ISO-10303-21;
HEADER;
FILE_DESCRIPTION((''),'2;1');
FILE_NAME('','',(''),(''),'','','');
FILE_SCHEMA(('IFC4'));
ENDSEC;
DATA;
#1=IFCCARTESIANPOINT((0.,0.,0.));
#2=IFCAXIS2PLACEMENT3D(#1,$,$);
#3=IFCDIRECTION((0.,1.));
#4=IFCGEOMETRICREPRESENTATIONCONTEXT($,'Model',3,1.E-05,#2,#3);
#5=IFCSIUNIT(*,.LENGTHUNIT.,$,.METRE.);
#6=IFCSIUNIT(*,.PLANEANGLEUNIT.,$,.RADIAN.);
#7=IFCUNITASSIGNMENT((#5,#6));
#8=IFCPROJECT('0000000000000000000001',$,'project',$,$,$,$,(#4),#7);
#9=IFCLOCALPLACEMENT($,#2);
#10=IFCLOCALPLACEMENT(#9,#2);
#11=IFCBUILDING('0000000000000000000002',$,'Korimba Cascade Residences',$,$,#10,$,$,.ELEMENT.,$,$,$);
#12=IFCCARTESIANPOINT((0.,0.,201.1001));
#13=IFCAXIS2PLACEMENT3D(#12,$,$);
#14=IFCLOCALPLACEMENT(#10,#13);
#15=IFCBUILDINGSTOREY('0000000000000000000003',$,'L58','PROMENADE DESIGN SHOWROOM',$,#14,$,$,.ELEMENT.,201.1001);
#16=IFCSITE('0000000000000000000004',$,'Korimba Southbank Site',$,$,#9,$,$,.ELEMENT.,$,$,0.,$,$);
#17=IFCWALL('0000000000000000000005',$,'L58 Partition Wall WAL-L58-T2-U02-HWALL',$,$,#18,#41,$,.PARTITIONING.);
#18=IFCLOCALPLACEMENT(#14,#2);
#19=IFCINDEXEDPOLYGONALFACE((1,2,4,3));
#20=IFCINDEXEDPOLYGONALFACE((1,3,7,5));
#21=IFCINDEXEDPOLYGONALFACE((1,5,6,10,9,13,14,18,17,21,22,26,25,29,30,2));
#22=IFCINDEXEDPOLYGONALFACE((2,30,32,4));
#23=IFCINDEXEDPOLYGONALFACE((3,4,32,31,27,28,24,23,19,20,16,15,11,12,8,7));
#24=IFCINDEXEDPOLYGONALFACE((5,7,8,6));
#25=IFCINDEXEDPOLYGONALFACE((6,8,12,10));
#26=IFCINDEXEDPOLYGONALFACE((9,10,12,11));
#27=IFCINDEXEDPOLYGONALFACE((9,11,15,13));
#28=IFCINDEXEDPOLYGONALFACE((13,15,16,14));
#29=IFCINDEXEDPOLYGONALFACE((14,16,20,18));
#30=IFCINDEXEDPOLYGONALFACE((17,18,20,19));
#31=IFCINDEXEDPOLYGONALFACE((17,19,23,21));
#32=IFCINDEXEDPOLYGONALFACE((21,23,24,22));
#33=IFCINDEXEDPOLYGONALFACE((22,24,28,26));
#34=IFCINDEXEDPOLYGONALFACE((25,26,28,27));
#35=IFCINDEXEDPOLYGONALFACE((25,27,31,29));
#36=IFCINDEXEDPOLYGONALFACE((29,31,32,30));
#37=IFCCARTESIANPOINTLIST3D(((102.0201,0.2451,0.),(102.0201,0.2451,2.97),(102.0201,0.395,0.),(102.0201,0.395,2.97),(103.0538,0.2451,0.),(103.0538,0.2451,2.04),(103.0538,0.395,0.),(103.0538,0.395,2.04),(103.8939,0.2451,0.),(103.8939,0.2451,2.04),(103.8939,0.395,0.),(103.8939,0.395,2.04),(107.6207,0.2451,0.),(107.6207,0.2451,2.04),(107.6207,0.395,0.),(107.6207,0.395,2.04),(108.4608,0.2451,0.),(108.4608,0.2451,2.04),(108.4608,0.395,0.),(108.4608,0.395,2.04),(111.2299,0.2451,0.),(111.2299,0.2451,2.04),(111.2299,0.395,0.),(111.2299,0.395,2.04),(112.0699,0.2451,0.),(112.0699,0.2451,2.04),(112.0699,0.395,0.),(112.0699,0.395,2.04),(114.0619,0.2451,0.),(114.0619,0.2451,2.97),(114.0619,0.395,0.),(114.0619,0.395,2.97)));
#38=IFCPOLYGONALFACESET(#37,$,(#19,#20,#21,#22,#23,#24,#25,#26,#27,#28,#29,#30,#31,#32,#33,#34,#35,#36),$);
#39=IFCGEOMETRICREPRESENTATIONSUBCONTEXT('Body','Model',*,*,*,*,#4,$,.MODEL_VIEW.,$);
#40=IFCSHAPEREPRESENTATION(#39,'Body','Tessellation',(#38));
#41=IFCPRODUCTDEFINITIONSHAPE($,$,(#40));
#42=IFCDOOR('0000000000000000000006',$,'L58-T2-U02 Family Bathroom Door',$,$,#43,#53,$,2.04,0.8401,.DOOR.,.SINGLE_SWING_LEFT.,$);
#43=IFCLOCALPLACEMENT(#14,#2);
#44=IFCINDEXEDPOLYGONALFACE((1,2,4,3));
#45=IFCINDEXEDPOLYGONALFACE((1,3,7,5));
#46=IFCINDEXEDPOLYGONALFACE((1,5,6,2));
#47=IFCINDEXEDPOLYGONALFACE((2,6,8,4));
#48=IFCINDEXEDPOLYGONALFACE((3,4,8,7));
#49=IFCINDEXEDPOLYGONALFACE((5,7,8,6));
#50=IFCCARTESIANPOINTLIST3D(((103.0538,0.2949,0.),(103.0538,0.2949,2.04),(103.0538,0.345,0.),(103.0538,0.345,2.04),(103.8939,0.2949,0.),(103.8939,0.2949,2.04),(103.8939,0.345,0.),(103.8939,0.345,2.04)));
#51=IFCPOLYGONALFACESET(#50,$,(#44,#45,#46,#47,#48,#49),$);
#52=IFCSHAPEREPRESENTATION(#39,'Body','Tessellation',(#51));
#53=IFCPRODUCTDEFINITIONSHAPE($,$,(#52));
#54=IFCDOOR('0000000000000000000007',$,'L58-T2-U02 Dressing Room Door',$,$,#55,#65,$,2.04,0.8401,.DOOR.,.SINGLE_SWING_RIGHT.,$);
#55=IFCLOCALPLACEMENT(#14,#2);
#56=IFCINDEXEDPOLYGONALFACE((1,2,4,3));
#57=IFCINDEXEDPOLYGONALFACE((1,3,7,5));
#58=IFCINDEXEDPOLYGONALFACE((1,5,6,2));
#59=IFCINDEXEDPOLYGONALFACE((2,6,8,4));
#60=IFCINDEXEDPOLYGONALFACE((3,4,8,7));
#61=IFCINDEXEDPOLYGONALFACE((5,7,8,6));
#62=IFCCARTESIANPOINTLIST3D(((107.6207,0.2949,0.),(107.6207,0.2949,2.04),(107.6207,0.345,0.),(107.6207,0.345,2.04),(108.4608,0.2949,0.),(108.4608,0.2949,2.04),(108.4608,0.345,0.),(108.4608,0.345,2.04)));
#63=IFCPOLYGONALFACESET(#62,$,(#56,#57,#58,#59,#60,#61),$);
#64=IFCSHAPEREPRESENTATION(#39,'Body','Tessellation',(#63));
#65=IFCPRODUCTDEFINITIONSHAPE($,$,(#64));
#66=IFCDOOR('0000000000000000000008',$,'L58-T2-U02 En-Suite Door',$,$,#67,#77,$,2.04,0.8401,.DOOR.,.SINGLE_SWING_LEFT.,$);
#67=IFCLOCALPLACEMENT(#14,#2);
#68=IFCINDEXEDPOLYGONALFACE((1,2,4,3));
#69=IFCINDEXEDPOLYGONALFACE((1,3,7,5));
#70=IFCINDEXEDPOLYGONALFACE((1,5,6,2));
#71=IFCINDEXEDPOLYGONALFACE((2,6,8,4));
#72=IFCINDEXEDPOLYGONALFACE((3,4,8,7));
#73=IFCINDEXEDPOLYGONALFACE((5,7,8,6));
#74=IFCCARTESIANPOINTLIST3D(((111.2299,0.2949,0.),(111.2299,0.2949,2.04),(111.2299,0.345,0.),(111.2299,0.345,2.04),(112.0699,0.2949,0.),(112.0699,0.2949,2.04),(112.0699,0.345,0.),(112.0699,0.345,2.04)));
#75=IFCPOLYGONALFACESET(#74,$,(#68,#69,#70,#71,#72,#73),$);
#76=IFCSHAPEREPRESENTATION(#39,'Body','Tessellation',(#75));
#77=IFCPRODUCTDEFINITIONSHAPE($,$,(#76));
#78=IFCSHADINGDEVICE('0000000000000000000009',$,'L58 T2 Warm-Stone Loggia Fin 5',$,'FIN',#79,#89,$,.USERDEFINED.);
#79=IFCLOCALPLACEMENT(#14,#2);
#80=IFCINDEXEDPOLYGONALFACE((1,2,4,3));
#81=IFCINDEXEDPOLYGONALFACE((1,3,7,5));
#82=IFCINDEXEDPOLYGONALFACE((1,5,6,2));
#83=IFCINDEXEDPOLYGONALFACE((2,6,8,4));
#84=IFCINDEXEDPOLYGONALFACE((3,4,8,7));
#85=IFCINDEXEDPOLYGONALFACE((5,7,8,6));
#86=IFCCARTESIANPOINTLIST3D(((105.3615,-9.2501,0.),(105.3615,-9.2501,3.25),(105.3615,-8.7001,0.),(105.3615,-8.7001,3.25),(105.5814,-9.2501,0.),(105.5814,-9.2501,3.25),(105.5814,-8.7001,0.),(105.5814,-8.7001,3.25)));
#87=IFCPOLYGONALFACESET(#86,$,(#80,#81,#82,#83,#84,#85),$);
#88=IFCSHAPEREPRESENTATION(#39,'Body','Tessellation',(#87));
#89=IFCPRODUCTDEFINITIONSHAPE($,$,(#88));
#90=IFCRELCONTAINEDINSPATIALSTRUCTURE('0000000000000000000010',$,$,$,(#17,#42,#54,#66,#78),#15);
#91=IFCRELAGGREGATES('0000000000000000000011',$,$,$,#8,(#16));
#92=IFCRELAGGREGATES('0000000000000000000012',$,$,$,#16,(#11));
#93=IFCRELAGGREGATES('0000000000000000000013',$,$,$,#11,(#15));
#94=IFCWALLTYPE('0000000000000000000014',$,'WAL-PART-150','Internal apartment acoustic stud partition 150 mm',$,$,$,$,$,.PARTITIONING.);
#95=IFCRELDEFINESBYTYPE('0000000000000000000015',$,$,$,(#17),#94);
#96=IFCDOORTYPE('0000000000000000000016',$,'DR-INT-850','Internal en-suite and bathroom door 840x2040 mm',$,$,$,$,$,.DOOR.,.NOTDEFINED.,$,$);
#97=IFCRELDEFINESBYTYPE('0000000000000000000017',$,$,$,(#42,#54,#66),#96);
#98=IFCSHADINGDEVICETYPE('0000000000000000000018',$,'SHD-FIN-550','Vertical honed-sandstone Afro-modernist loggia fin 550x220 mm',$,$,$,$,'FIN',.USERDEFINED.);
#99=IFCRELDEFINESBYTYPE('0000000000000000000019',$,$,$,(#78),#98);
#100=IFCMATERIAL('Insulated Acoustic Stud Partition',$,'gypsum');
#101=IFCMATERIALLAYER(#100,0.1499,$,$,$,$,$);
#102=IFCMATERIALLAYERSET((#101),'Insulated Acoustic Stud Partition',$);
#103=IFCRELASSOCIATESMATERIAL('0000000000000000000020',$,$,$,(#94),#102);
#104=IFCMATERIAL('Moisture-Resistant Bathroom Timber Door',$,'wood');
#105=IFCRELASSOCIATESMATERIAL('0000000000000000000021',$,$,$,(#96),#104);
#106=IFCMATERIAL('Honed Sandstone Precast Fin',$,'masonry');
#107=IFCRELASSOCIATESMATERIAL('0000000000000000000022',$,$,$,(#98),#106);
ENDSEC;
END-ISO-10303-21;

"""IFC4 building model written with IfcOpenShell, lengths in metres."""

from ifc_helpers import new_model, si_unit, direction, frame, frame_2d, origin, origin_2d, place, context, subcontext, project, spatial, rectangle, extrude, material, layer, layer_set, type_object, element, fill, save


model = new_model("IFC4")

# Units and contexts
model_context = context("Model", 3, precision=1e-05, world=origin(), true_north=direction((0.0, 1.0)))
body_context = subcontext(model_context, "Body", "Model", "MODEL_VIEW")
ifc_project = project(units=[si_unit("LENGTHUNIT", "METRE"), si_unit("PLANEANGLEUNIT", "RADIAN")], contexts=[model_context])

# Site, building, storey
site_placement = place(None, origin())
site = spatial("IfcSite", under=ifc_project, at=site_placement, Name="Korimba Southbank Site", CompositionType="ELEMENT", RefElevation=0.0)
building_placement = place(site_placement, origin())
building = spatial("IfcBuilding", under=site, at=building_placement, Name="Korimba Cascade Residences", CompositionType="ELEMENT")
storey_placement = place(building_placement, frame((0.0, 0.0, 201.1001)))
storey = spatial("IfcBuildingStorey", under=building, at=storey_placement, Name="L58", Description="PROMENADE DESIGN SHOWROOM", CompositionType="ELEMENT", Elevation=201.1001)

# Shared definitions
ifc_material_1 = material(Name="Insulated Acoustic Stud Partition", Category="gypsum")
ifc_layer = layer(ifc_material_1, 0.1499)
ifc_layer_set = layer_set([ifc_layer], Name="Insulated Acoustic Stud Partition")
wall_type = type_object("IfcWallType", Name="WAL-PART-150", Description="Internal apartment acoustic stud partition 150 mm", PredefinedType="PARTITIONING", material=ifc_layer_set)
ifc_material_2 = material(Name="Moisture-Resistant Bathroom Timber Door", Category="wood")
door_type_1 = type_object("IfcDoorType", Name="DR-INT-850", Description="Internal en-suite and bathroom door 840x2040 mm", OperationType="NOTDEFINED", PredefinedType="DOOR", material=ifc_material_2)

# Wall, openings, doors
wall_1_placement = place(storey_placement, frame((102.02, 0.3201, 0.0), z_axis=(0.0, 0.0, 1.0), x_axis=(1.0, 0.0, 0.0)))
wall_1 = element("IfcWall", 1, at=wall_1_placement, inside=storey, type_object=wall_type, Name="L58 Partition Wall WAL-L58-T2-U02-HWALL", PredefinedType="PARTITIONING", context=body_context, shape_type="SweptSolid", body=[
    extrude(rectangle(XDim=12.0417, YDim=0.1499, at=frame_2d((6.021, 0.0))), origin(), (0.0, 0.0, 1.0), 2.97),
])
opening_1_placement = place(wall_1_placement, frame((1.0339, 0.0, 0.0)))
opening_1 = element("IfcOpeningElement", 2, at=opening_1_placement, cuts=wall_1, PredefinedType="OPENING", context=body_context, shape_type="SweptSolid", body=[
    extrude(rectangle(XDim=0.8401, YDim=2.04, at=frame_2d((0.4199, 1.02))), frame((0.0, 0.085, 0.0), z_axis=(0.0, -1.0, 0.0), x_axis=(1.0, 0.0, 0.0)), (0.0, 0.0, 1.0), 0.1699),
])
opening_2_placement = place(wall_1_placement, frame((5.6008, 0.0, 0.0)))
opening_2 = element("IfcOpeningElement", 3, at=opening_2_placement, cuts=wall_1, PredefinedType="OPENING", context=body_context, shape_type="SweptSolid", body=[
    extrude(rectangle(XDim=0.8401, YDim=2.04, at=frame_2d((0.4199, 1.02))), frame((0.0, 0.085, 0.0), z_axis=(0.0, -1.0, 0.0), x_axis=(1.0, 0.0, 0.0)), (0.0, 0.0, 1.0), 0.1699),
])
opening_3_placement = place(wall_1_placement, frame((9.21, 0.0, 0.0)))
opening_3 = element("IfcOpeningElement", 4, at=opening_3_placement, cuts=wall_1, PredefinedType="OPENING", context=body_context, shape_type="SweptSolid", body=[
    extrude(rectangle(XDim=0.8401, YDim=2.04, at=frame_2d((0.4199, 1.02))), frame((0.0, 0.085, 0.0), z_axis=(0.0, -1.0, 0.0), x_axis=(1.0, 0.0, 0.0)), (0.0, 0.0, 1.0), 0.1699),
])
door_1_placement = place(opening_1_placement, origin())
door_1 = element("IfcDoor", 5, at=door_1_placement, inside=storey, type_object=door_type_1, Name="L58-T2-U02 Family Bathroom Door", OperationType="SINGLE_SWING_LEFT", OverallHeight=2.04, OverallWidth=0.8401, PredefinedType="DOOR", context=body_context, shape_type="SweptSolid", body=[
    extrude(rectangle(XDim=0.8401, YDim=2.04, at=frame_2d((0.4199, 1.02))), frame((0.0, 0.0249, 0.0), z_axis=(0.0, -1.0, 0.0), x_axis=(1.0, 0.0, 0.0)), (0.0, 0.0, 1.0), 0.05),
])
fill(opening_1, door_1)
door_2_placement = place(opening_2_placement, origin())
door_2 = element("IfcDoor", 6, at=door_2_placement, inside=storey, type_object=door_type_1, Name="L58-T2-U02 Dressing Room Door", OperationType="SINGLE_SWING_RIGHT", OverallHeight=2.04, OverallWidth=0.8401, PredefinedType="DOOR", context=body_context, shape_type="SweptSolid", body=[
    extrude(rectangle(XDim=0.8401, YDim=2.04, at=frame_2d((0.4199, 1.02))), frame((0.0, 0.0249, 0.0), z_axis=(0.0, -1.0, 0.0), x_axis=(1.0, 0.0, 0.0)), (0.0, 0.0, 1.0), 0.05),
])
fill(opening_2, door_2)
door_3_placement = place(opening_3_placement, origin())
door_3 = element("IfcDoor", 7, at=door_3_placement, inside=storey, type_object=door_type_1, Name="L58-T2-U02 En-Suite Door", OperationType="SINGLE_SWING_LEFT", OverallHeight=2.04, OverallWidth=0.8401, PredefinedType="DOOR", context=body_context, shape_type="SweptSolid", body=[
    extrude(rectangle(XDim=0.8401, YDim=2.04, at=frame_2d((0.4199, 1.02))), frame((0.0, 0.0249, 0.0), z_axis=(0.0, -1.0, 0.0), x_axis=(1.0, 0.0, 0.0)), (0.0, 0.0, 1.0), 0.05),
])
fill(opening_3, door_3)

# Shading device
ifc_material_3 = material(Name="Honed Sandstone Precast Fin", Category="masonry")
shading_device_type = type_object("IfcShadingDeviceType", Name="SHD-FIN-550", Description="Vertical honed-sandstone Afro-modernist loggia fin 550x220 mm", ElementType="FIN", PredefinedType="USERDEFINED", material=ifc_material_3)
shading_device_placement = place(storey_placement, frame((105.4714, -8.9751, 0.0), z_axis=(0.0, 0.0, 1.0), x_axis=(1.0, 0.0, 0.0)))
element("IfcShadingDevice", 8, at=shading_device_placement, inside=storey, type_object=shading_device_type, Name="L58 T2 Warm-Stone Loggia Fin 5", ObjectType="FIN", PredefinedType="USERDEFINED", context=body_context, shape_type="SweptSolid", body=[
    extrude(rectangle(XDim=0.22, YDim=0.55, at=origin_2d()), origin(), (0.0, 0.0, 1.0), 3.25),
])

save(model, "model.ifc")
